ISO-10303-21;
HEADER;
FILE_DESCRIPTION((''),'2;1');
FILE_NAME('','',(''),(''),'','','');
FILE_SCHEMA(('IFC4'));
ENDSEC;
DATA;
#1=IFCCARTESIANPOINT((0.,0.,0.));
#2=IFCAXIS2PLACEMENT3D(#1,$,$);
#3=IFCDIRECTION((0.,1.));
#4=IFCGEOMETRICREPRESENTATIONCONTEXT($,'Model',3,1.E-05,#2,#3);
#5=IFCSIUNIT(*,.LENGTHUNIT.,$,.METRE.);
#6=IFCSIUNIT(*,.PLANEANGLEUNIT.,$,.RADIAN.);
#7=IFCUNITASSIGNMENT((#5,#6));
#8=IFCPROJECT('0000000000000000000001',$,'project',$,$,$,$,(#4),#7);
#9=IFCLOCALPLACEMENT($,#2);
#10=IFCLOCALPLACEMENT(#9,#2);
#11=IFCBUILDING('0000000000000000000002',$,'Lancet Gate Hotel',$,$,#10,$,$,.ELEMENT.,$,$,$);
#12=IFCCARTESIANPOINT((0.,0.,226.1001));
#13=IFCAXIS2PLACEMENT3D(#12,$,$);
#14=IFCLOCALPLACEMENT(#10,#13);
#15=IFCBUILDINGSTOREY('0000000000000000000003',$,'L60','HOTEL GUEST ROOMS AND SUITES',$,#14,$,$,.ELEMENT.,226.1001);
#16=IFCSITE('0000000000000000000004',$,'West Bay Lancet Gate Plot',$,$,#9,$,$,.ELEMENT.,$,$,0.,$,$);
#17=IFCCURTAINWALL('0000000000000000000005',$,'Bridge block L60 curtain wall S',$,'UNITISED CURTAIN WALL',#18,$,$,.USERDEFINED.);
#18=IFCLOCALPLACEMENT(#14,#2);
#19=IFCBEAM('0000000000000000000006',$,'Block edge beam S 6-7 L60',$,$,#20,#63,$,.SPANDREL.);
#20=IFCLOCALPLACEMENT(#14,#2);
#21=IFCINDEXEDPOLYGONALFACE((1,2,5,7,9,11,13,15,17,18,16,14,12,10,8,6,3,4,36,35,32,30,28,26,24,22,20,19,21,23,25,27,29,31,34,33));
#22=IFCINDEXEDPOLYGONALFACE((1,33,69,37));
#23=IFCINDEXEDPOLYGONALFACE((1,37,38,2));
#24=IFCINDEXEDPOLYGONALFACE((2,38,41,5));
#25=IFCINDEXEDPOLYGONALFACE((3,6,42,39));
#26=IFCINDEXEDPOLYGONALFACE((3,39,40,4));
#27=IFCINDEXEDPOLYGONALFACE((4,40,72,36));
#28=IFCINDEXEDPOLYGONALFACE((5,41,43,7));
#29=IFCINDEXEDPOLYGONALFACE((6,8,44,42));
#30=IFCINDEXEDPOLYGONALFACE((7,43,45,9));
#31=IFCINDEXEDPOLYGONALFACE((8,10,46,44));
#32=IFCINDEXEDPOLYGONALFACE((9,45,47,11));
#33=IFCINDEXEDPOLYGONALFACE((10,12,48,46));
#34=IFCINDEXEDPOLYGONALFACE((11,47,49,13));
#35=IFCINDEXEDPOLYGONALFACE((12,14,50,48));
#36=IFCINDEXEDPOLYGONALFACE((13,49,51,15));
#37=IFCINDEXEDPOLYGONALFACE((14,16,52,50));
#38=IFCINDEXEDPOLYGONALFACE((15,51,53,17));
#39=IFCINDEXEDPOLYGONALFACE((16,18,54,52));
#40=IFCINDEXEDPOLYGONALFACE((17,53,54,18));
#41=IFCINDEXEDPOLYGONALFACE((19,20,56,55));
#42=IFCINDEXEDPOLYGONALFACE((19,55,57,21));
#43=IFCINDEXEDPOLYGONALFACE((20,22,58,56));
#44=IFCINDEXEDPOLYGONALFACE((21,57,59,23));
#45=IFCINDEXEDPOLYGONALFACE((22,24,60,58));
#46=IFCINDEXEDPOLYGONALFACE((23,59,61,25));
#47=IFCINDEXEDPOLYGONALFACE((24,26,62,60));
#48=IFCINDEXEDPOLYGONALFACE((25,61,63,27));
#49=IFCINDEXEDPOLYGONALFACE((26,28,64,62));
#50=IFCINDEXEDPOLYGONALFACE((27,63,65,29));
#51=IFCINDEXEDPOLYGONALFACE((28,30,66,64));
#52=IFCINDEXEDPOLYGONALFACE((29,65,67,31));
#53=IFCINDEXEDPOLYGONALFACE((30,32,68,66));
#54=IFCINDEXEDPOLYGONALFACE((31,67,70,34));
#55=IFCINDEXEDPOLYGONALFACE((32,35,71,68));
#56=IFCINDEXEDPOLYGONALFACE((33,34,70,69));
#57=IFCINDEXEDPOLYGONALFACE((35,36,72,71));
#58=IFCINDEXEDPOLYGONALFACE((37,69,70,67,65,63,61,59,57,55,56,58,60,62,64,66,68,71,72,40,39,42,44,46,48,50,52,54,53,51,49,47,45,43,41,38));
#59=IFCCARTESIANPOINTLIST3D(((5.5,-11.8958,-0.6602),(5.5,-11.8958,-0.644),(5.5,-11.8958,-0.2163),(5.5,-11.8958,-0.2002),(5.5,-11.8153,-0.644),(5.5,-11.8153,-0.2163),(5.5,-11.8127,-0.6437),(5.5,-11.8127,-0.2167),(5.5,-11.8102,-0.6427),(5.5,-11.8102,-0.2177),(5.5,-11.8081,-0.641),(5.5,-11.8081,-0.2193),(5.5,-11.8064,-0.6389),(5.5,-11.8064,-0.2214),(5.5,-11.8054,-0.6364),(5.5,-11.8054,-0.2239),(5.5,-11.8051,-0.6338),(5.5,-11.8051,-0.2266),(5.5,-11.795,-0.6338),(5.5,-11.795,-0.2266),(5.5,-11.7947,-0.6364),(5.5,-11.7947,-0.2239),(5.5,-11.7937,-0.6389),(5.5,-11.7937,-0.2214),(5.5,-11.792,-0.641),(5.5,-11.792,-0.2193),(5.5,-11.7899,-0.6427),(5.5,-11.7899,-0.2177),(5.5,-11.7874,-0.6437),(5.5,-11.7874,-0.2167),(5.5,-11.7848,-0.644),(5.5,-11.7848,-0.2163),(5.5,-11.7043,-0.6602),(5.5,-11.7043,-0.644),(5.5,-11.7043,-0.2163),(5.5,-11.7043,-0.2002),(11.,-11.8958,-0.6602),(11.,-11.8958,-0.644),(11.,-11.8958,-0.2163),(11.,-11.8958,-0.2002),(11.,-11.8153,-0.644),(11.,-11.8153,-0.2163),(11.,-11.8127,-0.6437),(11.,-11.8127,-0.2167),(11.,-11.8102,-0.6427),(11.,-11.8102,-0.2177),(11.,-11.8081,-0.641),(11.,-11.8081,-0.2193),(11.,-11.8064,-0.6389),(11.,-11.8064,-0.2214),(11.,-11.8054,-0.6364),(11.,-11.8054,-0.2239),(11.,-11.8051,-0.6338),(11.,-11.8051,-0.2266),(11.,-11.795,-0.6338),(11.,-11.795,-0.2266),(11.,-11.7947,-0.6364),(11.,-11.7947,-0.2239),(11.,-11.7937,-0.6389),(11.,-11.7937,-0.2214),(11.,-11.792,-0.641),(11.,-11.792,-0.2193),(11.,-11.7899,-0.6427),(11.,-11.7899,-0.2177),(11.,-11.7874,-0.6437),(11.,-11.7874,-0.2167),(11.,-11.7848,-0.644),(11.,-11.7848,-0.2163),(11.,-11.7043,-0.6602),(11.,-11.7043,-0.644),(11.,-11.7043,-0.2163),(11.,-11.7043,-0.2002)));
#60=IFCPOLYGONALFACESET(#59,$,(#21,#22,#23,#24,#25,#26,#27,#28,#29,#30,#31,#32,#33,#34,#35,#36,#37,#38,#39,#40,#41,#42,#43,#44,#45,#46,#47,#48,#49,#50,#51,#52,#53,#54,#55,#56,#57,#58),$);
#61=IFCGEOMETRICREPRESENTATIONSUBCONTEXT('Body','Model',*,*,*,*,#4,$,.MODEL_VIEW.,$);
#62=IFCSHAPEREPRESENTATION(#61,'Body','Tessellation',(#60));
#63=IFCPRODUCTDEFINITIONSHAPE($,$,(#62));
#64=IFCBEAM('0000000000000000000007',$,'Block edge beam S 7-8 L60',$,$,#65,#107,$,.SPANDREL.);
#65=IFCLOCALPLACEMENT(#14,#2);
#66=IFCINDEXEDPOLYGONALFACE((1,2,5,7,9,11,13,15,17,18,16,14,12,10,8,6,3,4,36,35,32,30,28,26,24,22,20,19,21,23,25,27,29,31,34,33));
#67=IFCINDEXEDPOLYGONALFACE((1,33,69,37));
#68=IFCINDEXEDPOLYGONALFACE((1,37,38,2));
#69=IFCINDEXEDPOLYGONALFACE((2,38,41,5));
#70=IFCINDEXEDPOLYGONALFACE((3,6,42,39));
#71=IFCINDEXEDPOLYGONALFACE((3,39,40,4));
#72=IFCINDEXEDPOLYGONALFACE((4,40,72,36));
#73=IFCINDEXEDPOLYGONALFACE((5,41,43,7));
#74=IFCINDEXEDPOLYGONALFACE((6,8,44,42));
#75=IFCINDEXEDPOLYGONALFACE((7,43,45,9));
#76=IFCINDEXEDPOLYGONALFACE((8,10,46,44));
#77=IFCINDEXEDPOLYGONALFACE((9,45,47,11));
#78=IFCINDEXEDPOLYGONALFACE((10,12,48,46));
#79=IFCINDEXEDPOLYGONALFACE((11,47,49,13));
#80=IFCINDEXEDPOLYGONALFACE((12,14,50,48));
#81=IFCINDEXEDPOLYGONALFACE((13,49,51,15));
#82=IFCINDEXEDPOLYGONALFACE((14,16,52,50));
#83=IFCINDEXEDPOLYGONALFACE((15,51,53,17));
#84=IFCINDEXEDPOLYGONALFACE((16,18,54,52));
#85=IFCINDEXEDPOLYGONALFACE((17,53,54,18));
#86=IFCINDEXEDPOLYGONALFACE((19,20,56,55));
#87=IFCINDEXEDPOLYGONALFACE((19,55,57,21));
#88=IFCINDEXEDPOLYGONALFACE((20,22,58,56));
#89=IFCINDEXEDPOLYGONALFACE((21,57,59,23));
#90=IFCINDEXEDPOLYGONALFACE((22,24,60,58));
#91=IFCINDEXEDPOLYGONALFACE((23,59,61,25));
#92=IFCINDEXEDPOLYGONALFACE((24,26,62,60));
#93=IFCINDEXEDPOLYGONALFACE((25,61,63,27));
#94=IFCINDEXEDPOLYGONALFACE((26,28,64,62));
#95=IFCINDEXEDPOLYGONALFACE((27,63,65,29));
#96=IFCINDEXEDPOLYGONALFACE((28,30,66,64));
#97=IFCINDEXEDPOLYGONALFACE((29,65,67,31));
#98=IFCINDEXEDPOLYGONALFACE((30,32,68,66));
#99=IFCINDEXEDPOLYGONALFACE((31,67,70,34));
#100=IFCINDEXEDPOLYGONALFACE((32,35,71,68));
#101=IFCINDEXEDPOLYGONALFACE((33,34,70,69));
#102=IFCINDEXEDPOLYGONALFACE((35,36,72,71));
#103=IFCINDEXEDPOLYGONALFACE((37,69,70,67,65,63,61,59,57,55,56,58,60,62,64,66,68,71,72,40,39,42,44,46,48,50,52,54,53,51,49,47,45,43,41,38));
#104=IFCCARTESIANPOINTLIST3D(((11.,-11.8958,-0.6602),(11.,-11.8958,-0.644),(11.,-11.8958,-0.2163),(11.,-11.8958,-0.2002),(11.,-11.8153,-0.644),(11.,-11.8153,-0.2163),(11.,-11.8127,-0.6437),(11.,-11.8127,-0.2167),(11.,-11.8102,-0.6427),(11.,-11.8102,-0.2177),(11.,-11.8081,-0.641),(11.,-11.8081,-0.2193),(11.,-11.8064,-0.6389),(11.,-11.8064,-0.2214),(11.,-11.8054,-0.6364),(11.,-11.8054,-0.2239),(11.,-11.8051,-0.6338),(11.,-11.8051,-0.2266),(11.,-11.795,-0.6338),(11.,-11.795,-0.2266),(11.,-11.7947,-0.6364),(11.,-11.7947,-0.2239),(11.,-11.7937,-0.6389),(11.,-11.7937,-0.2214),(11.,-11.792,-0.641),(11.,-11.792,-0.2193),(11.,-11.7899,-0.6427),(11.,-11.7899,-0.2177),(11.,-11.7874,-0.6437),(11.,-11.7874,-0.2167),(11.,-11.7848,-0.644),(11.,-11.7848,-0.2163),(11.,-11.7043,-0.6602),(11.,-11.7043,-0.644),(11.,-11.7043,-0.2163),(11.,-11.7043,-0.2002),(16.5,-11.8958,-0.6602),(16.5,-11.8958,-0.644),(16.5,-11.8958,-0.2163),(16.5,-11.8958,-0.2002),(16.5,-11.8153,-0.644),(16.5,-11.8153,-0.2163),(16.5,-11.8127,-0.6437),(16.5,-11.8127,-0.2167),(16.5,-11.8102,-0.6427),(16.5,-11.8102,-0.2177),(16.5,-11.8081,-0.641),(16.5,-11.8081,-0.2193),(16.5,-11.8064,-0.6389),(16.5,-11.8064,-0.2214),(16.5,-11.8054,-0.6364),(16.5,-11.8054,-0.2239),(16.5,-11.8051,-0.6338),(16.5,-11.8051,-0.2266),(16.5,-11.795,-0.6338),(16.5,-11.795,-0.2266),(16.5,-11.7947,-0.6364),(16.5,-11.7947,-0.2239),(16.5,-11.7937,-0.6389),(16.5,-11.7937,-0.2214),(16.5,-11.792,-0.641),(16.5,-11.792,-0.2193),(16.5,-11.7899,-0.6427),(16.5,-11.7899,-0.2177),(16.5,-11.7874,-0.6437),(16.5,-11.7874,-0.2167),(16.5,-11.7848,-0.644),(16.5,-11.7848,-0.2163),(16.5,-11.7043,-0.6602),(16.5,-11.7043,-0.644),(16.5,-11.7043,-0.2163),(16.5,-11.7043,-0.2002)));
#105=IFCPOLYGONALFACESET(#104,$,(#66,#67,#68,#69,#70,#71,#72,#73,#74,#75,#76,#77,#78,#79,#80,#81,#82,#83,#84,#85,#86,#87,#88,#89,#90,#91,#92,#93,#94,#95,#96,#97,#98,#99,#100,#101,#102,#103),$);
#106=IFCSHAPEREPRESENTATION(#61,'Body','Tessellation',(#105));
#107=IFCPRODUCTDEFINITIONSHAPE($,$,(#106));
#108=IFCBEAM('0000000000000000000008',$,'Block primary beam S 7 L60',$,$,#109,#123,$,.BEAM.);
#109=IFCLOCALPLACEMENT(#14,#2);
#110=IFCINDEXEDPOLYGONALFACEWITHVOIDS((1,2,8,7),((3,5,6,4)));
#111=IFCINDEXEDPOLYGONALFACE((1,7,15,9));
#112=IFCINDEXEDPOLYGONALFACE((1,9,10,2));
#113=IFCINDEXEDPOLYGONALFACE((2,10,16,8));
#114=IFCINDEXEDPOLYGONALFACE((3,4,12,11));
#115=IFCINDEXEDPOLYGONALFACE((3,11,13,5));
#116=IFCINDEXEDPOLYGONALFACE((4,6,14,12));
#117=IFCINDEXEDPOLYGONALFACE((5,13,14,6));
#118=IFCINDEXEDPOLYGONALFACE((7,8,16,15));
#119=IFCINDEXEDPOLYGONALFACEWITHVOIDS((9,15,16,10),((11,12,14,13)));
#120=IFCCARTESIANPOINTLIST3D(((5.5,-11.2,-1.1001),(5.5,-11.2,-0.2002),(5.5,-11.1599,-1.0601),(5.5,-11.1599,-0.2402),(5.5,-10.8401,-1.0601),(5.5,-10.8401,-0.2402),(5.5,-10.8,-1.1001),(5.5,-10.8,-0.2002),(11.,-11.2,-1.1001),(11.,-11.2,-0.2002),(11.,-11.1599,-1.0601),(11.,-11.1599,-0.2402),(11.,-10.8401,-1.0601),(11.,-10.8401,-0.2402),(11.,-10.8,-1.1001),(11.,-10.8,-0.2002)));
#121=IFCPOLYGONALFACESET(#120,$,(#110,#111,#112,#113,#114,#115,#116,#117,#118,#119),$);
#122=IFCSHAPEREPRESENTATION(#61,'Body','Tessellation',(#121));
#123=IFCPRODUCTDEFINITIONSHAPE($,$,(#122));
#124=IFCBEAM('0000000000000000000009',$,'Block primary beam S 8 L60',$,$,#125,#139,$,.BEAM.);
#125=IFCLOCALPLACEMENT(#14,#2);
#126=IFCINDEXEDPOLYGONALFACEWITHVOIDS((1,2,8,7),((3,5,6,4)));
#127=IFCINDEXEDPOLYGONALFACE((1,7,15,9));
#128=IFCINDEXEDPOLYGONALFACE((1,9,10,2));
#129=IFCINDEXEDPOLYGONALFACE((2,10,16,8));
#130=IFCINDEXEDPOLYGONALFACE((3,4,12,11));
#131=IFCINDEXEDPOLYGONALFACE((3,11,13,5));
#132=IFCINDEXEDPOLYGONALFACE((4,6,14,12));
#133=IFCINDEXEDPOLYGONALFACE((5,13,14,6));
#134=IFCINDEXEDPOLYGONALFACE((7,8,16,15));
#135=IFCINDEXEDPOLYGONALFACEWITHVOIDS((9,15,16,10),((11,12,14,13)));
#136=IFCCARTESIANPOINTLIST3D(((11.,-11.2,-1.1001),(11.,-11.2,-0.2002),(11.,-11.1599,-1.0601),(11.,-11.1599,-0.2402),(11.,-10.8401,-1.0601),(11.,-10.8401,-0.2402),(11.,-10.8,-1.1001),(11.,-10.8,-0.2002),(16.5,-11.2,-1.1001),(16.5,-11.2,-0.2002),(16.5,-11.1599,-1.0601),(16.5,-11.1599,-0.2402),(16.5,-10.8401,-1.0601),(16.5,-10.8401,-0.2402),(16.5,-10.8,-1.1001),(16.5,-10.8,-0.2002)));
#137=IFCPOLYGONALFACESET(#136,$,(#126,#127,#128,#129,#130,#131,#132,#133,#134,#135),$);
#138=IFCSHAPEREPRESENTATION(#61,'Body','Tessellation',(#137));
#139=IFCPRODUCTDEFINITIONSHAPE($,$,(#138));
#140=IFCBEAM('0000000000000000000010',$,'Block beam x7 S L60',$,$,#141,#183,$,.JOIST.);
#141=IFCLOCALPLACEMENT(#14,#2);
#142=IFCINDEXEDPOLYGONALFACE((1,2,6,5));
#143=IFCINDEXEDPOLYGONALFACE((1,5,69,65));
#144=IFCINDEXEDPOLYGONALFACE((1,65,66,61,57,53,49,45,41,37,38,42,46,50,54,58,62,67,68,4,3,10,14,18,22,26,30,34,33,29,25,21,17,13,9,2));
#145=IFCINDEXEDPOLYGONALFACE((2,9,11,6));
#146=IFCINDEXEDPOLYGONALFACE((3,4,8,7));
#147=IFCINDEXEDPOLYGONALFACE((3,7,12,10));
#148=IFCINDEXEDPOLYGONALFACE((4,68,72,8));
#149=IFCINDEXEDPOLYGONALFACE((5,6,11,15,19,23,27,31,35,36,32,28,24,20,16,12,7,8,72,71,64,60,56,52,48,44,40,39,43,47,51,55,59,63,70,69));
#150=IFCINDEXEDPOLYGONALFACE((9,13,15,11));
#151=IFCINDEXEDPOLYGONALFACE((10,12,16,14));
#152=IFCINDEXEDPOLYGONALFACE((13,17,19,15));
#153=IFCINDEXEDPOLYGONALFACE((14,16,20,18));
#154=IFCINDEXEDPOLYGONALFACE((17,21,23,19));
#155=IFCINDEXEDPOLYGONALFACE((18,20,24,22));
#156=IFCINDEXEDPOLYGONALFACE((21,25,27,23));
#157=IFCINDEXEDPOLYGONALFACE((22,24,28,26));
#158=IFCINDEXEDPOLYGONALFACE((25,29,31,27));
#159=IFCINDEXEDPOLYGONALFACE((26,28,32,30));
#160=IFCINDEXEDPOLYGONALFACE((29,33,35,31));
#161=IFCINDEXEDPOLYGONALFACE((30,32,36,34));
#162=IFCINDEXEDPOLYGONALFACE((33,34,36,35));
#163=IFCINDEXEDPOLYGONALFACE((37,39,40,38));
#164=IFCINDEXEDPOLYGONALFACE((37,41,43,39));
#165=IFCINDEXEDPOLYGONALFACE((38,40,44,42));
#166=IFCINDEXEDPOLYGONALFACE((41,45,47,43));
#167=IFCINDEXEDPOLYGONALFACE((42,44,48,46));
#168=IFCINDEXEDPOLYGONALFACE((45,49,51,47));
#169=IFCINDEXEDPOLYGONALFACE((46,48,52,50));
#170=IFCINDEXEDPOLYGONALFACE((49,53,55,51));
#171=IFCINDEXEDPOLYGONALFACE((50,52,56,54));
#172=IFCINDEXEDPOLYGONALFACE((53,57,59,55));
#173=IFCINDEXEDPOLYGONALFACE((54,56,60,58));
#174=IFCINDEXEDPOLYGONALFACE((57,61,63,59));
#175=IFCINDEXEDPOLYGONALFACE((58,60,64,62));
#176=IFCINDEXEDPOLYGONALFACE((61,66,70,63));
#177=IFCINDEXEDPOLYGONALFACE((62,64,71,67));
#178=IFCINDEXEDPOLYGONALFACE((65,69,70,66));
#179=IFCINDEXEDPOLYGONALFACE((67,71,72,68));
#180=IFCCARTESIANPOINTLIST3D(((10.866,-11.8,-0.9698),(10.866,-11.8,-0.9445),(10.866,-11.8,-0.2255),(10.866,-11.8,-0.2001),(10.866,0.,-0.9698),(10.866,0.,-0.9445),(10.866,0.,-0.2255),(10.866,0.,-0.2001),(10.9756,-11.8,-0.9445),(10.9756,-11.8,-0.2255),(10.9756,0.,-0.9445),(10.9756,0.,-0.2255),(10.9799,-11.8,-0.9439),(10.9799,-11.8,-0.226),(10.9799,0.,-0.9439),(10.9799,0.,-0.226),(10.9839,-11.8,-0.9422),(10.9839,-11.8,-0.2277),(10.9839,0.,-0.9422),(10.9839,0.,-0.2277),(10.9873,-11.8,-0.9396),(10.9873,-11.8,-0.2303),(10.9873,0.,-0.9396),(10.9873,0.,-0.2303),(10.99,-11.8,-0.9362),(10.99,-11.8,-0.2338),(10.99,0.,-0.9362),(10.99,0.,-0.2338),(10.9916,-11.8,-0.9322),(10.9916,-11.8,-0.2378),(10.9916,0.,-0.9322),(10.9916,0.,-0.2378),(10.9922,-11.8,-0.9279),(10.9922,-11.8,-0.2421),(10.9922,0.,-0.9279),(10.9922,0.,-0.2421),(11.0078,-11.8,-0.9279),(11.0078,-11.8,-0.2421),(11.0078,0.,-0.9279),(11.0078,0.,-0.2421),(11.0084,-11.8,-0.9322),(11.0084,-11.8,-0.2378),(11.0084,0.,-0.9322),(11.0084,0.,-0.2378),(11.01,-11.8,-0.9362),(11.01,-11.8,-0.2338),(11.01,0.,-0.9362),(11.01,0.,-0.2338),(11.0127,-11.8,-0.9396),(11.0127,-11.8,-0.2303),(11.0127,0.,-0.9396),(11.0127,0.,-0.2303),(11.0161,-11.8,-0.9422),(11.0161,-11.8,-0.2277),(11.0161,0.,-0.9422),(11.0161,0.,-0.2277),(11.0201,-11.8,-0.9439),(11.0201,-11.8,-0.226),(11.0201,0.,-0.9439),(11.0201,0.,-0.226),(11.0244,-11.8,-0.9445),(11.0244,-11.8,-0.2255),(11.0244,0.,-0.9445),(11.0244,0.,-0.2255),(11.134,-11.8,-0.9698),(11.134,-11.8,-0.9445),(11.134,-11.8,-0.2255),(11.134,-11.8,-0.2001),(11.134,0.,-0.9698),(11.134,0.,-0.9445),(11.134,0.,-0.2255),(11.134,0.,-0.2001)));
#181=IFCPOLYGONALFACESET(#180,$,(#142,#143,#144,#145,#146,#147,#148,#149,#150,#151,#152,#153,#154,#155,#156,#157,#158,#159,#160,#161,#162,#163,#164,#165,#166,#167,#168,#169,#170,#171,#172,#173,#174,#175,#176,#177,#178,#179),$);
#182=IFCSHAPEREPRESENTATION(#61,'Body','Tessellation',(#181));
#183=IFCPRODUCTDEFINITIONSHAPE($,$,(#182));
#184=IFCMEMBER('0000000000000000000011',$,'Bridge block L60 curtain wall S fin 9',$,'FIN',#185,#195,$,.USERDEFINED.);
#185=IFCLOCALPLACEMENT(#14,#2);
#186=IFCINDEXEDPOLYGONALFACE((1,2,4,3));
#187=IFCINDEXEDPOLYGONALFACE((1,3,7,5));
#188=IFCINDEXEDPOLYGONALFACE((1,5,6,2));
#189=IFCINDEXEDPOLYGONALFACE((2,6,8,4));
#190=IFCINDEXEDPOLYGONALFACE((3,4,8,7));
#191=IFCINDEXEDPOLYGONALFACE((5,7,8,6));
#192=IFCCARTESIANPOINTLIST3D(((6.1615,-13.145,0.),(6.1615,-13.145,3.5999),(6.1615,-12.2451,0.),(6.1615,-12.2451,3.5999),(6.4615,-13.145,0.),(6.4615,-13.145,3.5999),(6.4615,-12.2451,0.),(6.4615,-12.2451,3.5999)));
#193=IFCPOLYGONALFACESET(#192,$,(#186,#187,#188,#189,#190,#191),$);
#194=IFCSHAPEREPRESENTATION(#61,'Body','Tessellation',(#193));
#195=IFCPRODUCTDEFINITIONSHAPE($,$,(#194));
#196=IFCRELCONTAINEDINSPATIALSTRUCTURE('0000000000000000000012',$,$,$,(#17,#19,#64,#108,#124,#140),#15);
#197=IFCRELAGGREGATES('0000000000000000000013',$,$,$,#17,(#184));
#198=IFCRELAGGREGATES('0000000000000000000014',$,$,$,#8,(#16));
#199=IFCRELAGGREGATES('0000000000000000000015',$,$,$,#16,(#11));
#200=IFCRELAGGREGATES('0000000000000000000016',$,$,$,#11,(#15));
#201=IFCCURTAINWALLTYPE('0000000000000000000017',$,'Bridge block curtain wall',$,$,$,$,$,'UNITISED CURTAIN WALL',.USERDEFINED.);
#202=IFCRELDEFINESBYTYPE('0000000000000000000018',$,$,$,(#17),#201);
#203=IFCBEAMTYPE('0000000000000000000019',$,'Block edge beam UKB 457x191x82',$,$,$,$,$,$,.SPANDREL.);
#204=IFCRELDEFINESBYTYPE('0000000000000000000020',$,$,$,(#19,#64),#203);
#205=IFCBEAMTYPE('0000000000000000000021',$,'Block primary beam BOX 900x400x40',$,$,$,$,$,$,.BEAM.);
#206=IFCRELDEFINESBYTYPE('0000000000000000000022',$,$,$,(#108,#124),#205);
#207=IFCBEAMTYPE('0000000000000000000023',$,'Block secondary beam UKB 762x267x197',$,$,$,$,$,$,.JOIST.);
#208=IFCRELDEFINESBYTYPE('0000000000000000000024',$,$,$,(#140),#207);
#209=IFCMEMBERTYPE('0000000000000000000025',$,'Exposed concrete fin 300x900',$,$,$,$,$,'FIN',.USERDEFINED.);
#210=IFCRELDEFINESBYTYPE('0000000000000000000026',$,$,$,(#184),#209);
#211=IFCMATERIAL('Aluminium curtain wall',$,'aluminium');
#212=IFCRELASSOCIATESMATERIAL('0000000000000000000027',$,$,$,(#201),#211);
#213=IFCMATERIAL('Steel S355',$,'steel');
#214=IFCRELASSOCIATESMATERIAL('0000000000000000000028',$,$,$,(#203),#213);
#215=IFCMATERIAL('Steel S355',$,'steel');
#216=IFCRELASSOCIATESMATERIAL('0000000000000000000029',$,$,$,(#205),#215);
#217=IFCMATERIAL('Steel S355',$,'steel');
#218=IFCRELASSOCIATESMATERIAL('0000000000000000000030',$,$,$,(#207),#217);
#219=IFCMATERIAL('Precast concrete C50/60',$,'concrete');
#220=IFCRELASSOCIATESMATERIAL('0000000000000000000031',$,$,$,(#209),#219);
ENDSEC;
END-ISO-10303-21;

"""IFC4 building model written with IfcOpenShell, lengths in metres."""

from ifc_helpers import new_model, si_unit, direction, frame, origin, origin_2d, place, context, subcontext, project, spatial, rectangle, hollow_rectangle, i_section, extrude, material, material_profile, profile_set, type_object, element, aggregate, save


model = new_model("IFC4")

# Units and contexts
model_context = context("Model", 3, precision=1e-05, world=origin(), true_north=direction((0.0, 1.0)))
body_context = subcontext(model_context, "Body", "Model", "MODEL_VIEW")
ifc_project = project(units=[si_unit("LENGTHUNIT", "METRE"), si_unit("PLANEANGLEUNIT", "RADIAN")], contexts=[model_context])

# Site, building, storey
site_placement = place(None, origin())
site = spatial("IfcSite", under=ifc_project, at=site_placement, Name="West Bay Lancet Gate Plot", CompositionType="ELEMENT", RefElevation=0.0)
building_placement = place(site_placement, origin())
building = spatial("IfcBuilding", under=site, at=building_placement, Name="Lancet Gate Hotel", CompositionType="ELEMENT")
storey_placement = place(building_placement, frame((0.0, 0.0, 226.1001)))
storey = spatial("IfcBuildingStorey", under=building, at=storey_placement, Name="L60", Description="HOTEL GUEST ROOMS AND SUITES", CompositionType="ELEMENT", Elevation=226.1001)

# Curtain wall
ifc_material_1 = material(Name="Aluminium curtain wall", Category="aluminium")
curtain_wall_type = type_object("IfcCurtainWallType", Name="Bridge block curtain wall", ElementType="UNITISED CURTAIN WALL", PredefinedType="USERDEFINED", material=ifc_material_1)
curtain_wall_placement = place(storey_placement, origin())
curtain_wall = element("IfcCurtainWall", 1, at=curtain_wall_placement, inside=storey, type_object=curtain_wall_type, Name="Bridge block L60 curtain wall S", ObjectType="UNITISED CURTAIN WALL", PredefinedType="USERDEFINED")

# Beams
ifc_material_2 = material(Name="Steel S355", Category="steel")
ifc_material_profile_1 = material_profile(ifc_material_2, i_section(OverallWidth=0.1914, OverallDepth=0.46, WebThickness=0.01, FlangeThickness=0.0161, FilletRadius=0.0103, at=origin_2d()), Name="UKB 457x191x82")
ifc_profile_set_1 = profile_set([ifc_material_profile_1], Name="Steel S355")
beam_type_1 = type_object("IfcBeamType", Name="Block edge beam UKB 457x191x82", PredefinedType="SPANDREL", material=ifc_profile_set_1)
for number, where, z_axis, x_axis, name in (
    (2, (5.5, -11.8, -0.4302), (1.0, 0.0, 0.0), (0.0, 1.0, 0.0), "Block edge beam S 6-7 L60"),
    (3, (11.0, -11.8, -0.4302), (1.0, 0.0, 0.0), (0.0, 1.0, 0.0), "Block edge beam S 7-8 L60"),
):
    element("IfcBeam", number, at=place(storey_placement, frame(where, z_axis=z_axis, x_axis=x_axis)), inside=storey, type_object=beam_type_1, Name=name, PredefinedType="SPANDREL", context=body_context, shape_type="SweptSolid", body=[
        extrude(i_section(OverallWidth=0.1914, OverallDepth=0.46, WebThickness=0.01, FlangeThickness=0.0161, FilletRadius=0.0103, at=origin_2d()), origin(), (0.0, 0.0, 1.0), 5.5),
    ])
ifc_material_3 = material(Name="Steel S355", Category="steel")
ifc_material_profile_2 = material_profile(ifc_material_3, hollow_rectangle(XDim=0.3999, YDim=0.8999, WallThickness=0.04, at=origin_2d()), Name="BOX 900x400x40")
ifc_profile_set_2 = profile_set([ifc_material_profile_2], Name="Steel S355")
beam_type_2 = type_object("IfcBeamType", Name="Block primary beam BOX 900x400x40", PredefinedType="BEAM", material=ifc_profile_set_2)
for number, where, z_axis, x_axis, name in (
    (4, (5.5, -11.0, -0.6501), (1.0, 0.0, 0.0), (0.0, 1.0, 0.0), "Block primary beam S 7 L60"),
    (5, (11.0, -11.0, -0.6501), (1.0, 0.0, 0.0), (0.0, 1.0, 0.0), "Block primary beam S 8 L60"),
):
    element("IfcBeam", number, at=place(storey_placement, frame(where, z_axis=z_axis, x_axis=x_axis)), inside=storey, type_object=beam_type_2, Name=name, PredefinedType="BEAM", context=body_context, shape_type="SweptSolid", body=[
        extrude(hollow_rectangle(XDim=0.3999, YDim=0.8999, WallThickness=0.04, at=origin_2d()), origin(), (0.0, 0.0, 1.0), 5.5),
    ])
ifc_material_4 = material(Name="Steel S355", Category="steel")
ifc_material_profile_3 = material_profile(ifc_material_4, i_section(OverallWidth=0.2681, OverallDepth=0.7698, WebThickness=0.0156, FlangeThickness=0.0254, FilletRadius=0.0166, at=origin_2d()), Name="UKB 762x267x197")
ifc_profile_set_3 = profile_set([ifc_material_profile_3], Name="Steel S355")
beam_type_3 = type_object("IfcBeamType", Name="Block secondary beam UKB 762x267x197", PredefinedType="JOIST", material=ifc_profile_set_3)
beam_placement = place(storey_placement, frame((11.0, -11.8, -0.585), z_axis=(0.0, 1.0, 0.0), x_axis=(-1.0, 0.0, 0.0)))
element("IfcBeam", 6, at=beam_placement, inside=storey, type_object=beam_type_3, Name="Block beam x7 S L60", PredefinedType="JOIST", context=body_context, shape_type="SweptSolid", body=[
    extrude(i_section(OverallWidth=0.2681, OverallDepth=0.7698, WebThickness=0.0156, FlangeThickness=0.0254, FilletRadius=0.0166, at=origin_2d()), origin(), (0.0, 0.0, 1.0), 11.8),
])

# Member
ifc_material_5 = material(Name="Precast concrete C50/60", Category="concrete")
ifc_material_profile_4 = material_profile(ifc_material_5, rectangle(XDim=0.3, YDim=0.8999, at=origin_2d()), Name="FIN 300x900")
ifc_profile_set_4 = profile_set([ifc_material_profile_4], Name="Precast concrete C50/60")
member_type_1 = type_object("IfcMemberType", Name="Exposed concrete fin 300x900", ElementType="FIN", PredefinedType="USERDEFINED", material=ifc_profile_set_4)
member_1_placement = place(storey_placement, frame((6.3115, -12.6951, 0.0), z_axis=(0.0, 0.0, 1.0), x_axis=(1.0, 0.0, 0.0)))
member_1 = element("IfcMember", 7, at=member_1_placement, type_object=member_type_1, Name="Bridge block L60 curtain wall S fin 9", ObjectType="FIN", PredefinedType="USERDEFINED", context=body_context, shape_type="SweptSolid", body=[
    extrude(rectangle(XDim=0.3, YDim=0.8999, at=origin_2d()), origin(), (0.0, 0.0, 1.0), 3.5999),
])

aggregate(curtain_wall, [member_1])

save(model, "model.ifc")
